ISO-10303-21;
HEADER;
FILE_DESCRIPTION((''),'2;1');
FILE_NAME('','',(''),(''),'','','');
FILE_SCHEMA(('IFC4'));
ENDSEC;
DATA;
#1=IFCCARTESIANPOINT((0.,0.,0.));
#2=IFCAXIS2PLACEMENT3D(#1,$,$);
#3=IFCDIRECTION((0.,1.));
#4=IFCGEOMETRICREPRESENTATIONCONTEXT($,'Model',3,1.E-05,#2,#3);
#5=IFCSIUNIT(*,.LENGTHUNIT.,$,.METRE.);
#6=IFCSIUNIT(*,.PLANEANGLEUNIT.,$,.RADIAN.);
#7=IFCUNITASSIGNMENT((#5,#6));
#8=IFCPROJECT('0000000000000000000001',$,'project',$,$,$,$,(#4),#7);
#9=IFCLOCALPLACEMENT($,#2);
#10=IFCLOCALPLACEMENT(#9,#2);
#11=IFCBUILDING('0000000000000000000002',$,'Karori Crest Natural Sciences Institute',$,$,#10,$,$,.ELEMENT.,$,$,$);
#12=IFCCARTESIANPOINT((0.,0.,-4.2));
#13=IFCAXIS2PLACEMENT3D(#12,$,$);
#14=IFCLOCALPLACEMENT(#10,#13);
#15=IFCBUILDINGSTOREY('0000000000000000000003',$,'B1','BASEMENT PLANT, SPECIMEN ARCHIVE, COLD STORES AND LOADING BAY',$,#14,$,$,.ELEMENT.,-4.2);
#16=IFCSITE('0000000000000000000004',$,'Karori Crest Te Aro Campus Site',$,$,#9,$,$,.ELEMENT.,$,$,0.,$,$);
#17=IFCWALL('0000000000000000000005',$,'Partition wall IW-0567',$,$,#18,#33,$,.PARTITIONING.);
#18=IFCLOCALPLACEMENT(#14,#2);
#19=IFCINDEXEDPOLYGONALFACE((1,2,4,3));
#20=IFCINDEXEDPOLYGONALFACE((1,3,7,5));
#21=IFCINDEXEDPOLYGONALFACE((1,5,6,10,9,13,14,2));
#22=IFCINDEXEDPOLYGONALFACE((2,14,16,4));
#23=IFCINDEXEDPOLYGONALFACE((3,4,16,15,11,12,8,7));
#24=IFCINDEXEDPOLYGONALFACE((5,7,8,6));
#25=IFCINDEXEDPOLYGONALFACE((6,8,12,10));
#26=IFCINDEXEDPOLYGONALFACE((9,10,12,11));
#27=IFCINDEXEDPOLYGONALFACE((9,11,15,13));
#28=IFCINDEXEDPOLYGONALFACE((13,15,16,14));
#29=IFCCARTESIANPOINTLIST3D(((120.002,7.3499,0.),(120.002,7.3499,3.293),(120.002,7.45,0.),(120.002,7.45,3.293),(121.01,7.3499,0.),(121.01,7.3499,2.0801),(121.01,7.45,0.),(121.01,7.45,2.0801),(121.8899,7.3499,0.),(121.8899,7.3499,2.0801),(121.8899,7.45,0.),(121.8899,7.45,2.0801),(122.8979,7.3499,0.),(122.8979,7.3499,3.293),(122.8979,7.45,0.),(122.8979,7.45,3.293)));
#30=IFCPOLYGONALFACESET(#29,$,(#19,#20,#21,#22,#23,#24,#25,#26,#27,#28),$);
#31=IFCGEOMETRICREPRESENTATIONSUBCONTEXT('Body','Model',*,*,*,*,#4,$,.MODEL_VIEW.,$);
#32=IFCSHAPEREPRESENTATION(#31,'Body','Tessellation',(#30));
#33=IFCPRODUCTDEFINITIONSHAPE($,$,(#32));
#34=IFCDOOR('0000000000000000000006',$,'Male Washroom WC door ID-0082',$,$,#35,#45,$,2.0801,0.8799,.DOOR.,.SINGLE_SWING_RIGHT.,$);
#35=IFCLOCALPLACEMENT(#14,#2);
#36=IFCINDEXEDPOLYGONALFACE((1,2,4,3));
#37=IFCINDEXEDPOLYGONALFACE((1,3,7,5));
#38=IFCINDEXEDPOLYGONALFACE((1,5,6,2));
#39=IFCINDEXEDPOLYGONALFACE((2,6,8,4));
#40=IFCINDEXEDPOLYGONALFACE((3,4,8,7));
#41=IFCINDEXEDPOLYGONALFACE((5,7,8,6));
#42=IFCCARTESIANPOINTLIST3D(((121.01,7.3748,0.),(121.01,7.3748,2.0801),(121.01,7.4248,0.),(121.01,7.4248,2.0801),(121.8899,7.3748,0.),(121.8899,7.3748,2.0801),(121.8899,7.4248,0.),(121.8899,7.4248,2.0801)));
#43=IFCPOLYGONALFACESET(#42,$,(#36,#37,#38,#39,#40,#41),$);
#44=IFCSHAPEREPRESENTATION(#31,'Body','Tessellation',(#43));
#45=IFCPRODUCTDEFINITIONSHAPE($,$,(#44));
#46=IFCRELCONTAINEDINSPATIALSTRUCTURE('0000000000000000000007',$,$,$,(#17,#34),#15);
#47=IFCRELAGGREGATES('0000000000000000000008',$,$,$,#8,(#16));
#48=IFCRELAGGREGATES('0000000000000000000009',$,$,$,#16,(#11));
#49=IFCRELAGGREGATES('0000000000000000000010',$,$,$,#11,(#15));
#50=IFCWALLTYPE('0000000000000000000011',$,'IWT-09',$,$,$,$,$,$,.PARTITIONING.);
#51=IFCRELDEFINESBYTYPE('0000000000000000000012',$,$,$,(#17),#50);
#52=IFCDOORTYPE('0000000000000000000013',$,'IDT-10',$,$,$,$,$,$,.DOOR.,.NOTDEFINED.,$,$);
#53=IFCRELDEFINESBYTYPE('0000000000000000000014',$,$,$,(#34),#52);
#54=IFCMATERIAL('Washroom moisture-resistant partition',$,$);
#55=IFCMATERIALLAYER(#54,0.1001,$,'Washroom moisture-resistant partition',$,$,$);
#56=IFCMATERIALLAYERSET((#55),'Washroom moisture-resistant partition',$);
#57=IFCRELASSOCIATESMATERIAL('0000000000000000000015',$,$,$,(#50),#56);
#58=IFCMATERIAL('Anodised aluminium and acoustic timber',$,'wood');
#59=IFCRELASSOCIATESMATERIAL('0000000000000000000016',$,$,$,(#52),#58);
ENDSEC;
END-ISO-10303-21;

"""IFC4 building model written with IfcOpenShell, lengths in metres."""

from ifc_helpers import new_model, si_unit, direction, frame, frame_2d, origin, place, context, subcontext, project, spatial, rectangle, extrude, material, layer, layer_set, type_object, element, fill, save


model = new_model("IFC4")

# Units and contexts
model_context = context("Model", 3, precision=1e-05, world=origin(), true_north=direction((0.0, 1.0)))
body_context = subcontext(model_context, "Body", "Model", "MODEL_VIEW")
ifc_project = project(units=[si_unit("LENGTHUNIT", "METRE"), si_unit("PLANEANGLEUNIT", "RADIAN")], contexts=[model_context])

# Site, building, storey
site_placement = place(None, origin())
site = spatial("IfcSite", under=ifc_project, at=site_placement, Name="Karori Crest Te Aro Campus Site", CompositionType="ELEMENT", RefElevation=0.0)
building_placement = place(site_placement, origin())
building = spatial("IfcBuilding", under=site, at=building_placement, Name="Karori Crest Natural Sciences Institute", CompositionType="ELEMENT")
storey_placement = place(building_placement, frame((0.0, 0.0, -4.2)))
storey = spatial("IfcBuildingStorey", under=building, at=storey_placement, Name="B1", Description="BASEMENT PLANT, SPECIMEN ARCHIVE, COLD STORES AND LOADING BAY", CompositionType="ELEMENT", Elevation=-4.2)

# Shared definitions
ifc_material_1 = material(Name="Washroom moisture-resistant partition")
ifc_layer_1 = layer(ifc_material_1, 0.1001, Name="Washroom moisture-resistant partition")
ifc_layer_set_1 = layer_set([ifc_layer_1], Name="Washroom moisture-resistant partition")
wall_type_1 = type_object("IfcWallType", Name="IWT-09", PredefinedType="PARTITIONING", material=ifc_layer_set_1)

# Shared definitions
ifc_material_2 = material(Name="Anodised aluminium and acoustic timber", Category="wood")

# Shared definitions
door_type_1 = type_object("IfcDoorType", Name="IDT-10", OperationType="NOTDEFINED", PredefinedType="DOOR", material=ifc_material_2)

# Wall, opening, door
wall_1_placement = place(storey_placement, frame((120.002, 7.3999, 0.0), z_axis=(0.0, 0.0, 1.0), x_axis=(1.0, 0.0, 0.0)))
wall_1 = element("IfcWall", 1, at=wall_1_placement, inside=storey, type_object=wall_type_1, Name="Partition wall IW-0567", PredefinedType="PARTITIONING", context=body_context, shape_type="SweptSolid", body=[
    extrude(rectangle(XDim=2.896, YDim=0.1001, at=frame_2d((1.448, 0.0))), origin(), (0.0, 0.0, 1.0), 3.293),
])
opening_1_placement = place(wall_1_placement, frame((1.0081, 0.0, 0.0)))
opening_1 = element("IfcOpeningElement", 2, at=opening_1_placement, cuts=wall_1, PredefinedType="OPENING", context=body_context, shape_type="SweptSolid", body=[
    extrude(rectangle(XDim=0.8799, YDim=2.0801, at=frame_2d((0.4399, 1.04))), frame((0.0, 0.0601, 0.0), z_axis=(0.0, -1.0, 0.0), x_axis=(1.0, 0.0, 0.0)), (0.0, 0.0, 1.0), 0.1201),
])
door_1_placement = place(opening_1_placement, origin())
door_1 = element("IfcDoor", 3, at=door_1_placement, inside=storey, type_object=door_type_1, Name="Male Washroom WC door ID-0082", OperationType="SINGLE_SWING_RIGHT", OverallHeight=2.0801, OverallWidth=0.8799, PredefinedType="DOOR", context=body_context, shape_type="SweptSolid", body=[
    extrude(rectangle(XDim=0.8799, YDim=2.0801, at=frame_2d((0.4399, 1.04))), frame((0.0, 0.0249, 0.0), z_axis=(0.0, -1.0, 0.0), x_axis=(1.0, 0.0, 0.0)), (0.0, 0.0, 1.0), 0.05),
])
fill(opening_1, door_1)

save(model, "model.ifc")
